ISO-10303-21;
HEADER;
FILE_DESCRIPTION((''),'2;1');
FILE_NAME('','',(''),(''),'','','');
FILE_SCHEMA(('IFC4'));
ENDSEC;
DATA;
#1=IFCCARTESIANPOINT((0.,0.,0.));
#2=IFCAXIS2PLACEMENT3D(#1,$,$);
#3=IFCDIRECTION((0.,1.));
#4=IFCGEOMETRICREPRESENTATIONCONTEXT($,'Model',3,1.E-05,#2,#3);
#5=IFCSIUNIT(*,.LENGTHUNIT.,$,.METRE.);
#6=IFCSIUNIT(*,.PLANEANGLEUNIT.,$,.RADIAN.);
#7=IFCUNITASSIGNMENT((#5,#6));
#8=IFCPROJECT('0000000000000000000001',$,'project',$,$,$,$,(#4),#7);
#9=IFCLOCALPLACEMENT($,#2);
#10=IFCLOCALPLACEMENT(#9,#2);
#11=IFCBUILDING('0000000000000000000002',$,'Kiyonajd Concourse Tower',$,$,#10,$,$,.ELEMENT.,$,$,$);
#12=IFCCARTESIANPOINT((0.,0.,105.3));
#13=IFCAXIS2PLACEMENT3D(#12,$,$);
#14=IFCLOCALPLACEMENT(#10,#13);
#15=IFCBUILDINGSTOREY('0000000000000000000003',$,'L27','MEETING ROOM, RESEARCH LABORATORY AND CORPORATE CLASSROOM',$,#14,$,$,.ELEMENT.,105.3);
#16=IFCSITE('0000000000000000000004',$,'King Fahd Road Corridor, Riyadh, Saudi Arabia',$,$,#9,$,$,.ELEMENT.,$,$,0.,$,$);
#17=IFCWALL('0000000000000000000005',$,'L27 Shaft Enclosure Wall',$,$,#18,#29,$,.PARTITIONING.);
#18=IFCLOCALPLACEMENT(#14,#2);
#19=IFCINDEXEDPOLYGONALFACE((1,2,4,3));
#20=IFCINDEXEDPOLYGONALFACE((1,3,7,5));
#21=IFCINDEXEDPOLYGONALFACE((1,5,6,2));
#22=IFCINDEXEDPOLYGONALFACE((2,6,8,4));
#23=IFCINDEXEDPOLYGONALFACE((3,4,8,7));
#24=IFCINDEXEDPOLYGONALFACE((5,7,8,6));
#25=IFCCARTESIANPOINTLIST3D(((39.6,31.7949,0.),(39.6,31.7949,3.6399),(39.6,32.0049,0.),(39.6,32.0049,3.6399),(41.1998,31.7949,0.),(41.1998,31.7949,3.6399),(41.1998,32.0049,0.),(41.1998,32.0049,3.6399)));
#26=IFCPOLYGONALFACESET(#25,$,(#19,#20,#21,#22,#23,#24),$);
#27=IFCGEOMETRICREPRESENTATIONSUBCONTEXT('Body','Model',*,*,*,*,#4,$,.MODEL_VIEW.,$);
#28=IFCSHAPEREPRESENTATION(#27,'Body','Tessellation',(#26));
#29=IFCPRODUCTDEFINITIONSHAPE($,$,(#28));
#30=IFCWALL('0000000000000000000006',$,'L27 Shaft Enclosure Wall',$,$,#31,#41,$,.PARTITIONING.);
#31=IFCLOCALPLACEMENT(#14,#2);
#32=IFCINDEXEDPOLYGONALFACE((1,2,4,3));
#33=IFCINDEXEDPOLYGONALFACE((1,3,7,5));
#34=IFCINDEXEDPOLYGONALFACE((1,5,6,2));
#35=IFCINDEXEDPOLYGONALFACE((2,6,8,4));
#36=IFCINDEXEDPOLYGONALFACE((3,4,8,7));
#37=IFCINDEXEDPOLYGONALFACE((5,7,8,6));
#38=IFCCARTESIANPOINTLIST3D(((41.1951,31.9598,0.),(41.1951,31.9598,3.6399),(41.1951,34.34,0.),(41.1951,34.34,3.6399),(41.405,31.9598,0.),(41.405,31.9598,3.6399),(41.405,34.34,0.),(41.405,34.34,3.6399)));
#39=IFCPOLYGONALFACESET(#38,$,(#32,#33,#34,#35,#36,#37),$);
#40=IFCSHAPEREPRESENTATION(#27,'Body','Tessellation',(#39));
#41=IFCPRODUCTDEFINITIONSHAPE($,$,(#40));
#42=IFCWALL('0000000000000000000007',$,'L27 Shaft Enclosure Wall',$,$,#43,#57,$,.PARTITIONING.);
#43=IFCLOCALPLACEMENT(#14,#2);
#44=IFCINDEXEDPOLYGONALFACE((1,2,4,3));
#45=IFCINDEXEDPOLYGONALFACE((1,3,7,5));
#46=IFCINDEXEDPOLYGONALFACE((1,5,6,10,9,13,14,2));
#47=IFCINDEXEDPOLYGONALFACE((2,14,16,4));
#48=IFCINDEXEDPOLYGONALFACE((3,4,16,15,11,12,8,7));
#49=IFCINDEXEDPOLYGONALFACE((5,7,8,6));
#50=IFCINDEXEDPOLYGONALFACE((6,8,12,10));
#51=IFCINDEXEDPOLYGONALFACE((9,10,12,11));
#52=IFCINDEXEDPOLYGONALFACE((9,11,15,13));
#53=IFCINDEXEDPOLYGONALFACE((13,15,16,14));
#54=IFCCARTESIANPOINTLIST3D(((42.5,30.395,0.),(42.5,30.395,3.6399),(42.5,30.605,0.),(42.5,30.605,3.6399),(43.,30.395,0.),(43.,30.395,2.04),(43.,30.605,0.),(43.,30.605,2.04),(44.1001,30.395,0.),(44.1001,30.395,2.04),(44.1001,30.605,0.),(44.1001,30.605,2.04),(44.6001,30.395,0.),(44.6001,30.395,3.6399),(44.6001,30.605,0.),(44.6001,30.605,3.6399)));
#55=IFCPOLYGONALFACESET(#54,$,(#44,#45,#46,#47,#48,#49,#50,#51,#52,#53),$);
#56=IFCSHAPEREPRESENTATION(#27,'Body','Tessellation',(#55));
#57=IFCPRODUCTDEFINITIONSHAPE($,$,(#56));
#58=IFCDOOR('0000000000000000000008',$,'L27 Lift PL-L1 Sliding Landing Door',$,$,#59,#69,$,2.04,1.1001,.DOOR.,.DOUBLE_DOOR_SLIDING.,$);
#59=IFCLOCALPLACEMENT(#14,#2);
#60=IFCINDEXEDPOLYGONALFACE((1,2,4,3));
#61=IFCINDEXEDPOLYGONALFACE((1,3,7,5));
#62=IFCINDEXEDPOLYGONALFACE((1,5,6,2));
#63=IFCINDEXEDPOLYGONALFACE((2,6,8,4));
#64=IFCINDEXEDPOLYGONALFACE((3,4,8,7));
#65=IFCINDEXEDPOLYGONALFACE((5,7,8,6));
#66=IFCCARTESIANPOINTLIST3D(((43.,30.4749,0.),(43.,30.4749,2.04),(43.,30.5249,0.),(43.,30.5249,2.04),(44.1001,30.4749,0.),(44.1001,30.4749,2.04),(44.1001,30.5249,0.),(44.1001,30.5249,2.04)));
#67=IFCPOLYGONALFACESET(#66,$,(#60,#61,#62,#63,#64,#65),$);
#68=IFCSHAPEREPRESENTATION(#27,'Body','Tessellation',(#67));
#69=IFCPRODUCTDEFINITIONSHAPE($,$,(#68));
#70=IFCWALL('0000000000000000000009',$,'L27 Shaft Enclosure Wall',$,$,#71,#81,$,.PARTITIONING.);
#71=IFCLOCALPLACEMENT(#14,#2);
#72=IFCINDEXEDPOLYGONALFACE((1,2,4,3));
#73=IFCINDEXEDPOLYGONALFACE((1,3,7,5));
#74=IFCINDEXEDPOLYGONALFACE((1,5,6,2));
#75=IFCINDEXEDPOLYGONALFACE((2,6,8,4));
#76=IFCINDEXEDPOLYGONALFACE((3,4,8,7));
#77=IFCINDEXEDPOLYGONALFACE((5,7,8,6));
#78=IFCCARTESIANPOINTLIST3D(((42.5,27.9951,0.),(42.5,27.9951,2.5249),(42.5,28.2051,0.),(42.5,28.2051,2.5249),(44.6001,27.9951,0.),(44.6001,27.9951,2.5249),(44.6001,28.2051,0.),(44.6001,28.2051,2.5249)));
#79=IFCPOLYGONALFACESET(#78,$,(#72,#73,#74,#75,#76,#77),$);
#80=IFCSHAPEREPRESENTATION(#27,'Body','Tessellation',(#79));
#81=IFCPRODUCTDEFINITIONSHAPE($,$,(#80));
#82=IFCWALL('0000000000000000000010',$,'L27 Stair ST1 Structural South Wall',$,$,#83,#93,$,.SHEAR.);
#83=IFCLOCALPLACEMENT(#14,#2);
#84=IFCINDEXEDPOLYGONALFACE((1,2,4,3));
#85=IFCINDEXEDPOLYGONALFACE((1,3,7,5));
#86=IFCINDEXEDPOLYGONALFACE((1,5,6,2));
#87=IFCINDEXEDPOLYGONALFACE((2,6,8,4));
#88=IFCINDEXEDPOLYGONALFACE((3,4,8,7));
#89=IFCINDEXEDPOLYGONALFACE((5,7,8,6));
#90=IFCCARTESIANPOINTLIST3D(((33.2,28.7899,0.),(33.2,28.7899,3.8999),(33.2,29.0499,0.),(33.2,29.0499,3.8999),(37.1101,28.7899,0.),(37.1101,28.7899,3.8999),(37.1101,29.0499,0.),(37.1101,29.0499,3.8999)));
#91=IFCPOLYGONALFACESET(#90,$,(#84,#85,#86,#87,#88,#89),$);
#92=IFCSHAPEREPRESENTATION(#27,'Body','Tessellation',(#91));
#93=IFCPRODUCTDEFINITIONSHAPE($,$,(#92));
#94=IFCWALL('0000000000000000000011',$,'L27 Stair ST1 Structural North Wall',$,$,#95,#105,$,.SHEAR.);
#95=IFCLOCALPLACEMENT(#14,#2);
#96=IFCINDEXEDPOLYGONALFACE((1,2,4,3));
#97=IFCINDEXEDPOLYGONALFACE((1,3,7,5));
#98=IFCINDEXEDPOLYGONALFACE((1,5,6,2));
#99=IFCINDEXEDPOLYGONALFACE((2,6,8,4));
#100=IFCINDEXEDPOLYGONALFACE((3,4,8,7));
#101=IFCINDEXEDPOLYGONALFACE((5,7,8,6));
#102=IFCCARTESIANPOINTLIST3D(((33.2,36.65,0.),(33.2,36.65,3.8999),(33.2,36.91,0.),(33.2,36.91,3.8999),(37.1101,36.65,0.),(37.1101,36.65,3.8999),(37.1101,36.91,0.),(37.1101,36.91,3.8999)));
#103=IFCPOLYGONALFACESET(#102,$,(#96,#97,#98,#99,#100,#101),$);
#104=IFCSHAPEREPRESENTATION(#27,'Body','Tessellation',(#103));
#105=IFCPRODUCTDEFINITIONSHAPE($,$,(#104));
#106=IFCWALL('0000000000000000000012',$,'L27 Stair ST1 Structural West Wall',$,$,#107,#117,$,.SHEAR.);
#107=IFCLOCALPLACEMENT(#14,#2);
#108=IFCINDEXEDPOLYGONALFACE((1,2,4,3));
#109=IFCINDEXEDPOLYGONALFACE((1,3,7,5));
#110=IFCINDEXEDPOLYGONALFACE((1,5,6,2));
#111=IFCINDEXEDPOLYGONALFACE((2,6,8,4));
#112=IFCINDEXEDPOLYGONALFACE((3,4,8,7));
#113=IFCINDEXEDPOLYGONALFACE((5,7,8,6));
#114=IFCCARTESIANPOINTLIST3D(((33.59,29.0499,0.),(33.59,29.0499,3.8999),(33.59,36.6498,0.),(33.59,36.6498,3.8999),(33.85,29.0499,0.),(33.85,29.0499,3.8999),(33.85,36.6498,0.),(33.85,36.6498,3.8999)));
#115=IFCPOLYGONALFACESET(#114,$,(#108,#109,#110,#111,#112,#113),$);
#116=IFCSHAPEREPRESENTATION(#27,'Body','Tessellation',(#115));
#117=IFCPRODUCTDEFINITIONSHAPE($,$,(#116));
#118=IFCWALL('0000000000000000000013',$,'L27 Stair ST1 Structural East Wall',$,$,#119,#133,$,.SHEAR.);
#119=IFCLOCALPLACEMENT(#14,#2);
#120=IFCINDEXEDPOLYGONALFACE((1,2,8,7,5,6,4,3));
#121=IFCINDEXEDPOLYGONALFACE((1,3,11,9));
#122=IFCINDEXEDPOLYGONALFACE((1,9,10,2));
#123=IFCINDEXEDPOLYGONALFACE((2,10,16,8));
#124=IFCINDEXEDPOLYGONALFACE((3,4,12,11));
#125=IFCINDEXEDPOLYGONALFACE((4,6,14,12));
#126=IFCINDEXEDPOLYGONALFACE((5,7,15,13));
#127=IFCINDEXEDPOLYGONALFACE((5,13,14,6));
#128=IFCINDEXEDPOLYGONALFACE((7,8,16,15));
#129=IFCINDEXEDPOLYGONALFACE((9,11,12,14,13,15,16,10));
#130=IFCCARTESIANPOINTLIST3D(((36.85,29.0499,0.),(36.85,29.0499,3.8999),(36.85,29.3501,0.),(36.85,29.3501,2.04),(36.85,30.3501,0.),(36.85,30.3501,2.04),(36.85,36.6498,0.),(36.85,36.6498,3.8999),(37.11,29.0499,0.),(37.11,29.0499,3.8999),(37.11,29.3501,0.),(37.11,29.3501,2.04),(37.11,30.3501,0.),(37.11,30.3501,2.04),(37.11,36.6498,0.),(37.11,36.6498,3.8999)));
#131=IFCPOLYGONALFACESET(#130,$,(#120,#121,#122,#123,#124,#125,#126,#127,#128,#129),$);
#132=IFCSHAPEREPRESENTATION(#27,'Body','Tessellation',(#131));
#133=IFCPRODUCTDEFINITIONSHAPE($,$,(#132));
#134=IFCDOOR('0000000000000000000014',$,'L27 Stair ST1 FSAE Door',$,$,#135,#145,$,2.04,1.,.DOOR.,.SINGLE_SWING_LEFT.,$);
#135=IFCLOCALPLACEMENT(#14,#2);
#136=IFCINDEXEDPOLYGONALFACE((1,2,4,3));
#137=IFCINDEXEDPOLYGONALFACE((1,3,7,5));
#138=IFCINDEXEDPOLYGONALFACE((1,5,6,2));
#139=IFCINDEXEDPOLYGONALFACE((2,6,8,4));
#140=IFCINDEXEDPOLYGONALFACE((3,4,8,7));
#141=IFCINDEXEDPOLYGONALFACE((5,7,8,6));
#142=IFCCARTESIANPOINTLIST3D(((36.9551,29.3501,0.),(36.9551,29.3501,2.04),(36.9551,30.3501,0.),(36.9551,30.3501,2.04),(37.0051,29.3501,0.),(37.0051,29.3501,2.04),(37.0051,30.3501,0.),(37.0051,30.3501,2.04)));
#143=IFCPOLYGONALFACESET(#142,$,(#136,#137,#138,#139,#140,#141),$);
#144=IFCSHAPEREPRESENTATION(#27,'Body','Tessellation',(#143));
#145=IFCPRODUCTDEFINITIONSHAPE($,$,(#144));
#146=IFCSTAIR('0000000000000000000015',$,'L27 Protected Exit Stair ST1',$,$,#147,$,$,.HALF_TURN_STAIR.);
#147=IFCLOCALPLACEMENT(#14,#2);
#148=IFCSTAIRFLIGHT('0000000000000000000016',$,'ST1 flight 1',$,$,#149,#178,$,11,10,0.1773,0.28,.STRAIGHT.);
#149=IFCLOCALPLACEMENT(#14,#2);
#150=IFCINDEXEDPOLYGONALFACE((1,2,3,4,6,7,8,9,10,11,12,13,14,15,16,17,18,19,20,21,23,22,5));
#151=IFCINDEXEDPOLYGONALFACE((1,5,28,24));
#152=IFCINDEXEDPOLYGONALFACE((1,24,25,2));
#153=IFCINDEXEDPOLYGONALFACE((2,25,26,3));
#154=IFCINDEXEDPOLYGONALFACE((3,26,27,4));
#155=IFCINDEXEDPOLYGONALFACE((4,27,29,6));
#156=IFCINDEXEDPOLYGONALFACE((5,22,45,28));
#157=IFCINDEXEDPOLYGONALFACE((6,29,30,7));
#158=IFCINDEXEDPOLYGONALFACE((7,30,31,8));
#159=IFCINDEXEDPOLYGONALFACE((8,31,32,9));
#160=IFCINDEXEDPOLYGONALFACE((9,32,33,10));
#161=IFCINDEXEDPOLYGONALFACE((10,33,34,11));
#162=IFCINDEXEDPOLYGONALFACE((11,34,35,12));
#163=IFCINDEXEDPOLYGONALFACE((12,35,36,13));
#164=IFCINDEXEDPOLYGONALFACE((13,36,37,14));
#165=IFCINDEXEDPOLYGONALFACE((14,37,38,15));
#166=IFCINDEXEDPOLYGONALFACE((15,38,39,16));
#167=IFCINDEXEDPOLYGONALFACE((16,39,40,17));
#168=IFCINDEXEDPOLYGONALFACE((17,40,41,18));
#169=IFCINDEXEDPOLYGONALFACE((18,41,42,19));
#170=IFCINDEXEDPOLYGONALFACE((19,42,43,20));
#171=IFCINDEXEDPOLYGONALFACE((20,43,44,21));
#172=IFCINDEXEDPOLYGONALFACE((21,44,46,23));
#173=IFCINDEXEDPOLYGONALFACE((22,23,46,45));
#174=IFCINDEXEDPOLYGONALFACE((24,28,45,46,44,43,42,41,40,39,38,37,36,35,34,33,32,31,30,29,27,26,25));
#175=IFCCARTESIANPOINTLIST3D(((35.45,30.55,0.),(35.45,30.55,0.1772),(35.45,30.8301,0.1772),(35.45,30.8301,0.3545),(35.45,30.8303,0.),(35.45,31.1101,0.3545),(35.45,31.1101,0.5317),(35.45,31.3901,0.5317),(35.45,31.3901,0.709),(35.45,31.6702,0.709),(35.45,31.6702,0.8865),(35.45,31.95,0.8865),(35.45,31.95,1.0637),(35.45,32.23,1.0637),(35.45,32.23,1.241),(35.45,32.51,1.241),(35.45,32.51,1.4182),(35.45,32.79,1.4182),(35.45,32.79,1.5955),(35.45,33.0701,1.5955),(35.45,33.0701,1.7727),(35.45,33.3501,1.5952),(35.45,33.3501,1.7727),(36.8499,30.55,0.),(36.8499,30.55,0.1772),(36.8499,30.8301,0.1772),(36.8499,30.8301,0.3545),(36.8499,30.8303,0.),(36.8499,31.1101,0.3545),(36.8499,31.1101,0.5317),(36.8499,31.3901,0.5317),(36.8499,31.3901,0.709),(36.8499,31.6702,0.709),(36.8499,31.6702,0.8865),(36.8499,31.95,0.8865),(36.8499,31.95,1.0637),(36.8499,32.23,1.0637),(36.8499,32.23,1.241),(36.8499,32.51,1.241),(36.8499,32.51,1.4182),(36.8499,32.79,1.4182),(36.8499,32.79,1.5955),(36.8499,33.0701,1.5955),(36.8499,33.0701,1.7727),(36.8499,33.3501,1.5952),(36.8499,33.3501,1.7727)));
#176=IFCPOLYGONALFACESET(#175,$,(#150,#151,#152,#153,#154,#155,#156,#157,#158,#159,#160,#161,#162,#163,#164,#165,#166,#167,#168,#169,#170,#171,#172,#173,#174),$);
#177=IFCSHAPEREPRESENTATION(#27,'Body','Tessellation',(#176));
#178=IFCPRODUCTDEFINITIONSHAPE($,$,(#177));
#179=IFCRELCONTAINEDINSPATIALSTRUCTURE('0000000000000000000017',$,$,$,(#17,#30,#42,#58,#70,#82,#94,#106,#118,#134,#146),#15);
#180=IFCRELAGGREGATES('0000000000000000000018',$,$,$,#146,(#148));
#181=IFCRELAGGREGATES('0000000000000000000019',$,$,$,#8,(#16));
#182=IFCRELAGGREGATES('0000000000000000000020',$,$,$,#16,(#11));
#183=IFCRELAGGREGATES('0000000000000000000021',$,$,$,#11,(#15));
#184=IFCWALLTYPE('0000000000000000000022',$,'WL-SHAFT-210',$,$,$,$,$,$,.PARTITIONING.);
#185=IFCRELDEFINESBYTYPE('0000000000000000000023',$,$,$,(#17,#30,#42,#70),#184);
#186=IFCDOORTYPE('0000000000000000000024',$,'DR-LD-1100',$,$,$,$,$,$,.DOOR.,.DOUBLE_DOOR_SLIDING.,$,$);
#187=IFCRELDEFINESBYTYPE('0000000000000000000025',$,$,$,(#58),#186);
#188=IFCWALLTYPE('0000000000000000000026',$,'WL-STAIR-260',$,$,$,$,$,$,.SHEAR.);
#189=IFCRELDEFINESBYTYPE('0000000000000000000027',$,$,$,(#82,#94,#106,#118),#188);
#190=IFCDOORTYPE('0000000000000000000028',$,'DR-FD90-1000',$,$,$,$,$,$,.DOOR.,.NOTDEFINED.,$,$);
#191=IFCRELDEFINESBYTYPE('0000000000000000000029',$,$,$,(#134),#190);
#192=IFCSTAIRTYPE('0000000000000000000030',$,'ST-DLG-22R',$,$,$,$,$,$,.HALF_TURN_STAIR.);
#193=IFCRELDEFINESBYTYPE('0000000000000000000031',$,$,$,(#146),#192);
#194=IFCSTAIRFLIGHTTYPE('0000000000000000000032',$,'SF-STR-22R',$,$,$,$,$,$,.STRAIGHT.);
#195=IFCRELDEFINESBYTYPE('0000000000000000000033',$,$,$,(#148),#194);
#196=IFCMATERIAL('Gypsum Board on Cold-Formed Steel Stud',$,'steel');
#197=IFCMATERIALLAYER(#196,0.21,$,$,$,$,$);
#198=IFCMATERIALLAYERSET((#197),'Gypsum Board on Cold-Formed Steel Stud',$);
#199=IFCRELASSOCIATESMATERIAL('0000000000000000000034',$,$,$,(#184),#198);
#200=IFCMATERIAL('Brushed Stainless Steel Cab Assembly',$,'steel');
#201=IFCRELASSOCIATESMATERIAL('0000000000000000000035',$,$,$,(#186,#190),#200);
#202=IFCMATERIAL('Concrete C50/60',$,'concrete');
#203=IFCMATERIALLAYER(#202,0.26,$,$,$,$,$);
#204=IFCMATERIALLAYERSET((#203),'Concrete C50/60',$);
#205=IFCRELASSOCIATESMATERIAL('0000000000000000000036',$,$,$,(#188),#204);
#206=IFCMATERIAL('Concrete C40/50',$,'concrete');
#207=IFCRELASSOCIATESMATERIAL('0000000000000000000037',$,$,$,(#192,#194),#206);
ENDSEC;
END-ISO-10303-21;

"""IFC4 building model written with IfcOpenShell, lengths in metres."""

from ifc_helpers import new_model, si_unit, direction, frame, frame_2d, origin, place, context, subcontext, project, spatial, polyline, rectangle, outline, extrude, material, layer, layer_set, type_object, element, fill, aggregate, save


model = new_model("IFC4")

# Units and contexts
model_context = context("Model", 3, precision=1e-05, world=origin(), true_north=direction((0.0, 1.0)))
body_context = subcontext(model_context, "Body", "Model", "MODEL_VIEW")
ifc_project = project(units=[si_unit("LENGTHUNIT", "METRE"), si_unit("PLANEANGLEUNIT", "RADIAN")], contexts=[model_context])

# Site, building, storey
site_placement = place(None, origin())
site = spatial("IfcSite", under=ifc_project, at=site_placement, Name="King Fahd Road Corridor, Riyadh, Saudi Arabia", CompositionType="ELEMENT", RefElevation=0.0)
building_placement = place(site_placement, origin())
building = spatial("IfcBuilding", under=site, at=building_placement, Name="Kiyonajd Concourse Tower", CompositionType="ELEMENT")
storey_placement = place(building_placement, frame((0.0, 0.0, 105.3)))
storey = spatial("IfcBuildingStorey", under=building, at=storey_placement, Name="L27", Description="MEETING ROOM, RESEARCH LABORATORY AND CORPORATE CLASSROOM", CompositionType="ELEMENT", Elevation=105.3)

# Shared definitions
ifc_material_1 = material(Name="Concrete C50/60", Category="concrete")

# Shared definitions
ifc_material_2 = material(Name="Brushed Stainless Steel Cab Assembly", Category="steel")
ifc_material_3 = material(Name="Gypsum Board on Cold-Formed Steel Stud", Category="steel")
ifc_layer_1 = layer(ifc_material_3, 0.21)
ifc_layer_set_1 = layer_set([ifc_layer_1], Name="Gypsum Board on Cold-Formed Steel Stud")
wall_type_1 = type_object("IfcWallType", Name="WL-SHAFT-210", PredefinedType="PARTITIONING", material=ifc_layer_set_1)

# Walls
wall_1_placement = place(storey_placement, frame((39.6001, 31.8999, 0.0), z_axis=(0.0, 0.0, 1.0), x_axis=(1.0, 0.0, 0.0)))
element("IfcWall", 1, at=wall_1_placement, inside=storey, type_object=wall_type_1, Name="L27 Shaft Enclosure Wall", PredefinedType="PARTITIONING", context=body_context, shape_type="SweptSolid", body=[
    extrude(rectangle(XDim=1.5999, YDim=0.21, at=frame_2d((0.7998, 0.0))), origin(), (0.0, 0.0, 1.0), 3.6399),
])
wall_2_placement = place(storey_placement, frame((41.3, 31.96, 0.0), z_axis=(0.0, 0.0, 1.0), x_axis=(0.0, 1.0, 0.0)))
element("IfcWall", 2, at=wall_2_placement, inside=storey, type_object=wall_type_1, Name="L27 Shaft Enclosure Wall", PredefinedType="PARTITIONING", context=body_context, shape_type="SweptSolid", body=[
    extrude(rectangle(XDim=2.3801, YDim=0.21, at=frame_2d((1.1899, 0.0))), origin(), (0.0, 0.0, 1.0), 3.6399),
])

# Wall, opening, door
wall_3_placement = place(storey_placement, frame((42.5, 30.5, 0.0), z_axis=(0.0, 0.0, 1.0), x_axis=(1.0, 0.0, 0.0)))
wall_3 = element("IfcWall", 3, at=wall_3_placement, inside=storey, type_object=wall_type_1, Name="L27 Shaft Enclosure Wall", PredefinedType="PARTITIONING", context=body_context, shape_type="SweptSolid", body=[
    extrude(rectangle(XDim=2.1001, YDim=0.21, at=frame_2d((1.05, 0.0))), origin(), (0.0, 0.0, 1.0), 3.6399),
])
opening_1_placement = place(wall_3_placement, frame((0.5, 0.0, 0.0)))
opening_1 = element("IfcOpeningElement", 4, at=opening_1_placement, cuts=wall_3, PredefinedType="OPENING", context=body_context, shape_type="SweptSolid", body=[
    extrude(rectangle(XDim=1.1001, YDim=2.04, at=frame_2d((0.55, 1.02))), frame((0.0, 0.115, 0.0), z_axis=(0.0, -1.0, 0.0), x_axis=(1.0, 0.0, 0.0)), (0.0, 0.0, 1.0), 0.23),
])
door_type_1 = type_object("IfcDoorType", Name="DR-LD-1100", OperationType="DOUBLE_DOOR_SLIDING", PredefinedType="DOOR", material=ifc_material_2)
door_1_placement = place(opening_1_placement, origin())
door_1 = element("IfcDoor", 5, at=door_1_placement, inside=storey, type_object=door_type_1, Name="L27 Lift PL-L1 Sliding Landing Door", OperationType="DOUBLE_DOOR_SLIDING", OverallHeight=2.04, OverallWidth=1.1001, PredefinedType="DOOR", context=body_context, shape_type="SweptSolid", body=[
    extrude(rectangle(XDim=1.1001, YDim=2.04, at=frame_2d((0.55, 1.02))), frame((0.0, 0.0249, 0.0), z_axis=(0.0, -1.0, 0.0), x_axis=(1.0, 0.0, 0.0)), (0.0, 0.0, 1.0), 0.05),
])
fill(opening_1, door_1)

# Walls
wall_4_placement = place(storey_placement, frame((42.5, 28.1001, 0.0), z_axis=(0.0, 0.0, 1.0), x_axis=(1.0, 0.0, 0.0)))
element("IfcWall", 6, at=wall_4_placement, inside=storey, type_object=wall_type_1, Name="L27 Shaft Enclosure Wall", PredefinedType="PARTITIONING", context=body_context, shape_type="SweptSolid", body=[
    extrude(rectangle(XDim=2.1001, YDim=0.21, at=frame_2d((1.05, 0.0))), origin(), (0.0, 0.0, 1.0), 2.5249),
])
ifc_layer_2 = layer(ifc_material_1, 0.26)
ifc_layer_set_2 = layer_set([ifc_layer_2], Name="Concrete C50/60")
wall_type_2 = type_object("IfcWallType", Name="WL-STAIR-260", PredefinedType="SHEAR", material=ifc_layer_set_2)
for number, where, z_axis, x_axis, name in (
    (7, (33.2, 28.9199, 0.0), (0.0, 0.0, 1.0), (1.0, 0.0, 0.0), "L27 Stair ST1 Structural South Wall"),
    (8, (33.2, 36.78, 0.0), (0.0, 0.0, 1.0), (1.0, 0.0, 0.0), "L27 Stair ST1 Structural North Wall"),
):
    element("IfcWall", number, at=place(storey_placement, frame(where, z_axis=z_axis, x_axis=x_axis)), inside=storey, type_object=wall_type_2, Name=name, PredefinedType="SHEAR", context=body_context, shape_type="SweptSolid", body=[
        extrude(rectangle(XDim=3.9102, YDim=0.26, at=frame_2d((1.9551, 0.0))), origin(), (0.0, 0.0, 1.0), 3.8999),
    ])
wall_5_placement = place(storey_placement, frame((33.72, 29.05, 0.0), z_axis=(0.0, 0.0, 1.0), x_axis=(0.0, 1.0, 0.0)))
element("IfcWall", 9, at=wall_5_placement, inside=storey, type_object=wall_type_2, Name="L27 Stair ST1 Structural West Wall", PredefinedType="SHEAR", context=body_context, shape_type="SweptSolid", body=[
    extrude(rectangle(XDim=7.5999, YDim=0.26, at=frame_2d((3.7998, 0.0))), origin(), (0.0, 0.0, 1.0), 3.8999),
])

# Wall, opening, door
wall_6_placement = place(storey_placement, frame((36.98, 29.05, 0.0), z_axis=(0.0, 0.0, 1.0), x_axis=(0.0, 1.0, 0.0)))
wall_6 = element("IfcWall", 10, at=wall_6_placement, inside=storey, type_object=wall_type_2, Name="L27 Stair ST1 Structural East Wall", PredefinedType="SHEAR", context=body_context, shape_type="SweptSolid", body=[
    extrude(rectangle(XDim=7.5999, YDim=0.26, at=frame_2d((3.7998, 0.0))), origin(), (0.0, 0.0, 1.0), 3.8999),
])
opening_2_placement = place(wall_6_placement, frame((0.3, 0.0, 0.0)))
opening_2 = element("IfcOpeningElement", 11, at=opening_2_placement, cuts=wall_6, PredefinedType="OPENING", context=body_context, shape_type="SweptSolid", body=[
    extrude(rectangle(XDim=1.0, YDim=2.04, at=frame_2d((0.5, 1.02))), frame((0.0, 0.1399, 0.0), z_axis=(0.0, -1.0, 0.0), x_axis=(1.0, 0.0, 0.0)), (0.0, 0.0, 1.0), 0.28),
])
door_type_2 = type_object("IfcDoorType", Name="DR-FD90-1000", OperationType="NOTDEFINED", PredefinedType="DOOR", material=ifc_material_2)
door_2_placement = place(opening_2_placement, origin())
door_2 = element("IfcDoor", 12, at=door_2_placement, inside=storey, type_object=door_type_2, Name="L27 Stair ST1 FSAE Door", OperationType="SINGLE_SWING_LEFT", OverallHeight=2.04, OverallWidth=1.0, PredefinedType="DOOR", context=body_context, shape_type="SweptSolid", body=[
    extrude(rectangle(XDim=1.0, YDim=2.04, at=frame_2d((0.5, 1.02))), frame((0.0, 0.0249, 0.0), z_axis=(0.0, -1.0, 0.0), x_axis=(1.0, 0.0, 0.0)), (0.0, 0.0, 1.0), 0.05),
])
fill(opening_2, door_2)

# Stair, stair flight
ifc_material_4 = material(Name="Concrete C40/50", Category="concrete")
stair_type = type_object("IfcStairType", Name="ST-DLG-22R", PredefinedType="HALF_TURN_STAIR", material=ifc_material_4)
stair_placement = place(storey_placement, origin())
stair = element("IfcStair", 13, at=stair_placement, inside=storey, type_object=stair_type, Name="L27 Protected Exit Stair ST1", PredefinedType="HALF_TURN_STAIR")
stair_flight_type = type_object("IfcStairFlightType", Name="SF-STR-22R", PredefinedType="STRAIGHT", material=ifc_material_4)
stair_flight_1_placement = place(storey_placement, frame((36.1499, 30.55, 0.0), z_axis=(0.0, 0.0, 1.0), x_axis=(0.0, 1.0, 0.0)))
stair_flight_1 = element("IfcStairFlight", 14, at=stair_flight_1_placement, type_object=stair_flight_type, Name="ST1 flight 1", NumberOfRisers=11, NumberOfTreads=10, PredefinedType="STRAIGHT", RiserHeight=0.1773, TreadLength=0.28, context=body_context, shape_type="SweptSolid", body=[
    extrude(outline(polyline([(0.0, 0.0), (0.0, 0.1772), (0.28, 0.1772), (0.28, 0.3545), (0.5601, 0.3545), (0.5601, 0.5317), (0.8401, 0.5317), (0.8401, 0.709), (1.1201, 0.709), (1.1201, 0.8865), (1.3999, 0.8865), (1.3999, 1.0637), (1.6799, 1.0637), (1.6799, 1.241), (1.96, 1.241), (1.96, 1.4182), (2.24, 1.4182), (2.24, 1.5955), (2.52, 1.5955), (2.52, 1.7727), (2.8, 1.7727), (2.8, 1.95), (2.8, 1.5952), (0.2803, 0.0), (0.0, 0.0)])), frame((0.0, 0.7, 0.0), z_axis=(0.0, -1.0, 0.0), x_axis=(1.0, 0.0, 0.0)), (0.0, 0.0, 1.0), 1.3999),
])
aggregate(stair, [stair_flight_1])

save(model, "model.ifc")
